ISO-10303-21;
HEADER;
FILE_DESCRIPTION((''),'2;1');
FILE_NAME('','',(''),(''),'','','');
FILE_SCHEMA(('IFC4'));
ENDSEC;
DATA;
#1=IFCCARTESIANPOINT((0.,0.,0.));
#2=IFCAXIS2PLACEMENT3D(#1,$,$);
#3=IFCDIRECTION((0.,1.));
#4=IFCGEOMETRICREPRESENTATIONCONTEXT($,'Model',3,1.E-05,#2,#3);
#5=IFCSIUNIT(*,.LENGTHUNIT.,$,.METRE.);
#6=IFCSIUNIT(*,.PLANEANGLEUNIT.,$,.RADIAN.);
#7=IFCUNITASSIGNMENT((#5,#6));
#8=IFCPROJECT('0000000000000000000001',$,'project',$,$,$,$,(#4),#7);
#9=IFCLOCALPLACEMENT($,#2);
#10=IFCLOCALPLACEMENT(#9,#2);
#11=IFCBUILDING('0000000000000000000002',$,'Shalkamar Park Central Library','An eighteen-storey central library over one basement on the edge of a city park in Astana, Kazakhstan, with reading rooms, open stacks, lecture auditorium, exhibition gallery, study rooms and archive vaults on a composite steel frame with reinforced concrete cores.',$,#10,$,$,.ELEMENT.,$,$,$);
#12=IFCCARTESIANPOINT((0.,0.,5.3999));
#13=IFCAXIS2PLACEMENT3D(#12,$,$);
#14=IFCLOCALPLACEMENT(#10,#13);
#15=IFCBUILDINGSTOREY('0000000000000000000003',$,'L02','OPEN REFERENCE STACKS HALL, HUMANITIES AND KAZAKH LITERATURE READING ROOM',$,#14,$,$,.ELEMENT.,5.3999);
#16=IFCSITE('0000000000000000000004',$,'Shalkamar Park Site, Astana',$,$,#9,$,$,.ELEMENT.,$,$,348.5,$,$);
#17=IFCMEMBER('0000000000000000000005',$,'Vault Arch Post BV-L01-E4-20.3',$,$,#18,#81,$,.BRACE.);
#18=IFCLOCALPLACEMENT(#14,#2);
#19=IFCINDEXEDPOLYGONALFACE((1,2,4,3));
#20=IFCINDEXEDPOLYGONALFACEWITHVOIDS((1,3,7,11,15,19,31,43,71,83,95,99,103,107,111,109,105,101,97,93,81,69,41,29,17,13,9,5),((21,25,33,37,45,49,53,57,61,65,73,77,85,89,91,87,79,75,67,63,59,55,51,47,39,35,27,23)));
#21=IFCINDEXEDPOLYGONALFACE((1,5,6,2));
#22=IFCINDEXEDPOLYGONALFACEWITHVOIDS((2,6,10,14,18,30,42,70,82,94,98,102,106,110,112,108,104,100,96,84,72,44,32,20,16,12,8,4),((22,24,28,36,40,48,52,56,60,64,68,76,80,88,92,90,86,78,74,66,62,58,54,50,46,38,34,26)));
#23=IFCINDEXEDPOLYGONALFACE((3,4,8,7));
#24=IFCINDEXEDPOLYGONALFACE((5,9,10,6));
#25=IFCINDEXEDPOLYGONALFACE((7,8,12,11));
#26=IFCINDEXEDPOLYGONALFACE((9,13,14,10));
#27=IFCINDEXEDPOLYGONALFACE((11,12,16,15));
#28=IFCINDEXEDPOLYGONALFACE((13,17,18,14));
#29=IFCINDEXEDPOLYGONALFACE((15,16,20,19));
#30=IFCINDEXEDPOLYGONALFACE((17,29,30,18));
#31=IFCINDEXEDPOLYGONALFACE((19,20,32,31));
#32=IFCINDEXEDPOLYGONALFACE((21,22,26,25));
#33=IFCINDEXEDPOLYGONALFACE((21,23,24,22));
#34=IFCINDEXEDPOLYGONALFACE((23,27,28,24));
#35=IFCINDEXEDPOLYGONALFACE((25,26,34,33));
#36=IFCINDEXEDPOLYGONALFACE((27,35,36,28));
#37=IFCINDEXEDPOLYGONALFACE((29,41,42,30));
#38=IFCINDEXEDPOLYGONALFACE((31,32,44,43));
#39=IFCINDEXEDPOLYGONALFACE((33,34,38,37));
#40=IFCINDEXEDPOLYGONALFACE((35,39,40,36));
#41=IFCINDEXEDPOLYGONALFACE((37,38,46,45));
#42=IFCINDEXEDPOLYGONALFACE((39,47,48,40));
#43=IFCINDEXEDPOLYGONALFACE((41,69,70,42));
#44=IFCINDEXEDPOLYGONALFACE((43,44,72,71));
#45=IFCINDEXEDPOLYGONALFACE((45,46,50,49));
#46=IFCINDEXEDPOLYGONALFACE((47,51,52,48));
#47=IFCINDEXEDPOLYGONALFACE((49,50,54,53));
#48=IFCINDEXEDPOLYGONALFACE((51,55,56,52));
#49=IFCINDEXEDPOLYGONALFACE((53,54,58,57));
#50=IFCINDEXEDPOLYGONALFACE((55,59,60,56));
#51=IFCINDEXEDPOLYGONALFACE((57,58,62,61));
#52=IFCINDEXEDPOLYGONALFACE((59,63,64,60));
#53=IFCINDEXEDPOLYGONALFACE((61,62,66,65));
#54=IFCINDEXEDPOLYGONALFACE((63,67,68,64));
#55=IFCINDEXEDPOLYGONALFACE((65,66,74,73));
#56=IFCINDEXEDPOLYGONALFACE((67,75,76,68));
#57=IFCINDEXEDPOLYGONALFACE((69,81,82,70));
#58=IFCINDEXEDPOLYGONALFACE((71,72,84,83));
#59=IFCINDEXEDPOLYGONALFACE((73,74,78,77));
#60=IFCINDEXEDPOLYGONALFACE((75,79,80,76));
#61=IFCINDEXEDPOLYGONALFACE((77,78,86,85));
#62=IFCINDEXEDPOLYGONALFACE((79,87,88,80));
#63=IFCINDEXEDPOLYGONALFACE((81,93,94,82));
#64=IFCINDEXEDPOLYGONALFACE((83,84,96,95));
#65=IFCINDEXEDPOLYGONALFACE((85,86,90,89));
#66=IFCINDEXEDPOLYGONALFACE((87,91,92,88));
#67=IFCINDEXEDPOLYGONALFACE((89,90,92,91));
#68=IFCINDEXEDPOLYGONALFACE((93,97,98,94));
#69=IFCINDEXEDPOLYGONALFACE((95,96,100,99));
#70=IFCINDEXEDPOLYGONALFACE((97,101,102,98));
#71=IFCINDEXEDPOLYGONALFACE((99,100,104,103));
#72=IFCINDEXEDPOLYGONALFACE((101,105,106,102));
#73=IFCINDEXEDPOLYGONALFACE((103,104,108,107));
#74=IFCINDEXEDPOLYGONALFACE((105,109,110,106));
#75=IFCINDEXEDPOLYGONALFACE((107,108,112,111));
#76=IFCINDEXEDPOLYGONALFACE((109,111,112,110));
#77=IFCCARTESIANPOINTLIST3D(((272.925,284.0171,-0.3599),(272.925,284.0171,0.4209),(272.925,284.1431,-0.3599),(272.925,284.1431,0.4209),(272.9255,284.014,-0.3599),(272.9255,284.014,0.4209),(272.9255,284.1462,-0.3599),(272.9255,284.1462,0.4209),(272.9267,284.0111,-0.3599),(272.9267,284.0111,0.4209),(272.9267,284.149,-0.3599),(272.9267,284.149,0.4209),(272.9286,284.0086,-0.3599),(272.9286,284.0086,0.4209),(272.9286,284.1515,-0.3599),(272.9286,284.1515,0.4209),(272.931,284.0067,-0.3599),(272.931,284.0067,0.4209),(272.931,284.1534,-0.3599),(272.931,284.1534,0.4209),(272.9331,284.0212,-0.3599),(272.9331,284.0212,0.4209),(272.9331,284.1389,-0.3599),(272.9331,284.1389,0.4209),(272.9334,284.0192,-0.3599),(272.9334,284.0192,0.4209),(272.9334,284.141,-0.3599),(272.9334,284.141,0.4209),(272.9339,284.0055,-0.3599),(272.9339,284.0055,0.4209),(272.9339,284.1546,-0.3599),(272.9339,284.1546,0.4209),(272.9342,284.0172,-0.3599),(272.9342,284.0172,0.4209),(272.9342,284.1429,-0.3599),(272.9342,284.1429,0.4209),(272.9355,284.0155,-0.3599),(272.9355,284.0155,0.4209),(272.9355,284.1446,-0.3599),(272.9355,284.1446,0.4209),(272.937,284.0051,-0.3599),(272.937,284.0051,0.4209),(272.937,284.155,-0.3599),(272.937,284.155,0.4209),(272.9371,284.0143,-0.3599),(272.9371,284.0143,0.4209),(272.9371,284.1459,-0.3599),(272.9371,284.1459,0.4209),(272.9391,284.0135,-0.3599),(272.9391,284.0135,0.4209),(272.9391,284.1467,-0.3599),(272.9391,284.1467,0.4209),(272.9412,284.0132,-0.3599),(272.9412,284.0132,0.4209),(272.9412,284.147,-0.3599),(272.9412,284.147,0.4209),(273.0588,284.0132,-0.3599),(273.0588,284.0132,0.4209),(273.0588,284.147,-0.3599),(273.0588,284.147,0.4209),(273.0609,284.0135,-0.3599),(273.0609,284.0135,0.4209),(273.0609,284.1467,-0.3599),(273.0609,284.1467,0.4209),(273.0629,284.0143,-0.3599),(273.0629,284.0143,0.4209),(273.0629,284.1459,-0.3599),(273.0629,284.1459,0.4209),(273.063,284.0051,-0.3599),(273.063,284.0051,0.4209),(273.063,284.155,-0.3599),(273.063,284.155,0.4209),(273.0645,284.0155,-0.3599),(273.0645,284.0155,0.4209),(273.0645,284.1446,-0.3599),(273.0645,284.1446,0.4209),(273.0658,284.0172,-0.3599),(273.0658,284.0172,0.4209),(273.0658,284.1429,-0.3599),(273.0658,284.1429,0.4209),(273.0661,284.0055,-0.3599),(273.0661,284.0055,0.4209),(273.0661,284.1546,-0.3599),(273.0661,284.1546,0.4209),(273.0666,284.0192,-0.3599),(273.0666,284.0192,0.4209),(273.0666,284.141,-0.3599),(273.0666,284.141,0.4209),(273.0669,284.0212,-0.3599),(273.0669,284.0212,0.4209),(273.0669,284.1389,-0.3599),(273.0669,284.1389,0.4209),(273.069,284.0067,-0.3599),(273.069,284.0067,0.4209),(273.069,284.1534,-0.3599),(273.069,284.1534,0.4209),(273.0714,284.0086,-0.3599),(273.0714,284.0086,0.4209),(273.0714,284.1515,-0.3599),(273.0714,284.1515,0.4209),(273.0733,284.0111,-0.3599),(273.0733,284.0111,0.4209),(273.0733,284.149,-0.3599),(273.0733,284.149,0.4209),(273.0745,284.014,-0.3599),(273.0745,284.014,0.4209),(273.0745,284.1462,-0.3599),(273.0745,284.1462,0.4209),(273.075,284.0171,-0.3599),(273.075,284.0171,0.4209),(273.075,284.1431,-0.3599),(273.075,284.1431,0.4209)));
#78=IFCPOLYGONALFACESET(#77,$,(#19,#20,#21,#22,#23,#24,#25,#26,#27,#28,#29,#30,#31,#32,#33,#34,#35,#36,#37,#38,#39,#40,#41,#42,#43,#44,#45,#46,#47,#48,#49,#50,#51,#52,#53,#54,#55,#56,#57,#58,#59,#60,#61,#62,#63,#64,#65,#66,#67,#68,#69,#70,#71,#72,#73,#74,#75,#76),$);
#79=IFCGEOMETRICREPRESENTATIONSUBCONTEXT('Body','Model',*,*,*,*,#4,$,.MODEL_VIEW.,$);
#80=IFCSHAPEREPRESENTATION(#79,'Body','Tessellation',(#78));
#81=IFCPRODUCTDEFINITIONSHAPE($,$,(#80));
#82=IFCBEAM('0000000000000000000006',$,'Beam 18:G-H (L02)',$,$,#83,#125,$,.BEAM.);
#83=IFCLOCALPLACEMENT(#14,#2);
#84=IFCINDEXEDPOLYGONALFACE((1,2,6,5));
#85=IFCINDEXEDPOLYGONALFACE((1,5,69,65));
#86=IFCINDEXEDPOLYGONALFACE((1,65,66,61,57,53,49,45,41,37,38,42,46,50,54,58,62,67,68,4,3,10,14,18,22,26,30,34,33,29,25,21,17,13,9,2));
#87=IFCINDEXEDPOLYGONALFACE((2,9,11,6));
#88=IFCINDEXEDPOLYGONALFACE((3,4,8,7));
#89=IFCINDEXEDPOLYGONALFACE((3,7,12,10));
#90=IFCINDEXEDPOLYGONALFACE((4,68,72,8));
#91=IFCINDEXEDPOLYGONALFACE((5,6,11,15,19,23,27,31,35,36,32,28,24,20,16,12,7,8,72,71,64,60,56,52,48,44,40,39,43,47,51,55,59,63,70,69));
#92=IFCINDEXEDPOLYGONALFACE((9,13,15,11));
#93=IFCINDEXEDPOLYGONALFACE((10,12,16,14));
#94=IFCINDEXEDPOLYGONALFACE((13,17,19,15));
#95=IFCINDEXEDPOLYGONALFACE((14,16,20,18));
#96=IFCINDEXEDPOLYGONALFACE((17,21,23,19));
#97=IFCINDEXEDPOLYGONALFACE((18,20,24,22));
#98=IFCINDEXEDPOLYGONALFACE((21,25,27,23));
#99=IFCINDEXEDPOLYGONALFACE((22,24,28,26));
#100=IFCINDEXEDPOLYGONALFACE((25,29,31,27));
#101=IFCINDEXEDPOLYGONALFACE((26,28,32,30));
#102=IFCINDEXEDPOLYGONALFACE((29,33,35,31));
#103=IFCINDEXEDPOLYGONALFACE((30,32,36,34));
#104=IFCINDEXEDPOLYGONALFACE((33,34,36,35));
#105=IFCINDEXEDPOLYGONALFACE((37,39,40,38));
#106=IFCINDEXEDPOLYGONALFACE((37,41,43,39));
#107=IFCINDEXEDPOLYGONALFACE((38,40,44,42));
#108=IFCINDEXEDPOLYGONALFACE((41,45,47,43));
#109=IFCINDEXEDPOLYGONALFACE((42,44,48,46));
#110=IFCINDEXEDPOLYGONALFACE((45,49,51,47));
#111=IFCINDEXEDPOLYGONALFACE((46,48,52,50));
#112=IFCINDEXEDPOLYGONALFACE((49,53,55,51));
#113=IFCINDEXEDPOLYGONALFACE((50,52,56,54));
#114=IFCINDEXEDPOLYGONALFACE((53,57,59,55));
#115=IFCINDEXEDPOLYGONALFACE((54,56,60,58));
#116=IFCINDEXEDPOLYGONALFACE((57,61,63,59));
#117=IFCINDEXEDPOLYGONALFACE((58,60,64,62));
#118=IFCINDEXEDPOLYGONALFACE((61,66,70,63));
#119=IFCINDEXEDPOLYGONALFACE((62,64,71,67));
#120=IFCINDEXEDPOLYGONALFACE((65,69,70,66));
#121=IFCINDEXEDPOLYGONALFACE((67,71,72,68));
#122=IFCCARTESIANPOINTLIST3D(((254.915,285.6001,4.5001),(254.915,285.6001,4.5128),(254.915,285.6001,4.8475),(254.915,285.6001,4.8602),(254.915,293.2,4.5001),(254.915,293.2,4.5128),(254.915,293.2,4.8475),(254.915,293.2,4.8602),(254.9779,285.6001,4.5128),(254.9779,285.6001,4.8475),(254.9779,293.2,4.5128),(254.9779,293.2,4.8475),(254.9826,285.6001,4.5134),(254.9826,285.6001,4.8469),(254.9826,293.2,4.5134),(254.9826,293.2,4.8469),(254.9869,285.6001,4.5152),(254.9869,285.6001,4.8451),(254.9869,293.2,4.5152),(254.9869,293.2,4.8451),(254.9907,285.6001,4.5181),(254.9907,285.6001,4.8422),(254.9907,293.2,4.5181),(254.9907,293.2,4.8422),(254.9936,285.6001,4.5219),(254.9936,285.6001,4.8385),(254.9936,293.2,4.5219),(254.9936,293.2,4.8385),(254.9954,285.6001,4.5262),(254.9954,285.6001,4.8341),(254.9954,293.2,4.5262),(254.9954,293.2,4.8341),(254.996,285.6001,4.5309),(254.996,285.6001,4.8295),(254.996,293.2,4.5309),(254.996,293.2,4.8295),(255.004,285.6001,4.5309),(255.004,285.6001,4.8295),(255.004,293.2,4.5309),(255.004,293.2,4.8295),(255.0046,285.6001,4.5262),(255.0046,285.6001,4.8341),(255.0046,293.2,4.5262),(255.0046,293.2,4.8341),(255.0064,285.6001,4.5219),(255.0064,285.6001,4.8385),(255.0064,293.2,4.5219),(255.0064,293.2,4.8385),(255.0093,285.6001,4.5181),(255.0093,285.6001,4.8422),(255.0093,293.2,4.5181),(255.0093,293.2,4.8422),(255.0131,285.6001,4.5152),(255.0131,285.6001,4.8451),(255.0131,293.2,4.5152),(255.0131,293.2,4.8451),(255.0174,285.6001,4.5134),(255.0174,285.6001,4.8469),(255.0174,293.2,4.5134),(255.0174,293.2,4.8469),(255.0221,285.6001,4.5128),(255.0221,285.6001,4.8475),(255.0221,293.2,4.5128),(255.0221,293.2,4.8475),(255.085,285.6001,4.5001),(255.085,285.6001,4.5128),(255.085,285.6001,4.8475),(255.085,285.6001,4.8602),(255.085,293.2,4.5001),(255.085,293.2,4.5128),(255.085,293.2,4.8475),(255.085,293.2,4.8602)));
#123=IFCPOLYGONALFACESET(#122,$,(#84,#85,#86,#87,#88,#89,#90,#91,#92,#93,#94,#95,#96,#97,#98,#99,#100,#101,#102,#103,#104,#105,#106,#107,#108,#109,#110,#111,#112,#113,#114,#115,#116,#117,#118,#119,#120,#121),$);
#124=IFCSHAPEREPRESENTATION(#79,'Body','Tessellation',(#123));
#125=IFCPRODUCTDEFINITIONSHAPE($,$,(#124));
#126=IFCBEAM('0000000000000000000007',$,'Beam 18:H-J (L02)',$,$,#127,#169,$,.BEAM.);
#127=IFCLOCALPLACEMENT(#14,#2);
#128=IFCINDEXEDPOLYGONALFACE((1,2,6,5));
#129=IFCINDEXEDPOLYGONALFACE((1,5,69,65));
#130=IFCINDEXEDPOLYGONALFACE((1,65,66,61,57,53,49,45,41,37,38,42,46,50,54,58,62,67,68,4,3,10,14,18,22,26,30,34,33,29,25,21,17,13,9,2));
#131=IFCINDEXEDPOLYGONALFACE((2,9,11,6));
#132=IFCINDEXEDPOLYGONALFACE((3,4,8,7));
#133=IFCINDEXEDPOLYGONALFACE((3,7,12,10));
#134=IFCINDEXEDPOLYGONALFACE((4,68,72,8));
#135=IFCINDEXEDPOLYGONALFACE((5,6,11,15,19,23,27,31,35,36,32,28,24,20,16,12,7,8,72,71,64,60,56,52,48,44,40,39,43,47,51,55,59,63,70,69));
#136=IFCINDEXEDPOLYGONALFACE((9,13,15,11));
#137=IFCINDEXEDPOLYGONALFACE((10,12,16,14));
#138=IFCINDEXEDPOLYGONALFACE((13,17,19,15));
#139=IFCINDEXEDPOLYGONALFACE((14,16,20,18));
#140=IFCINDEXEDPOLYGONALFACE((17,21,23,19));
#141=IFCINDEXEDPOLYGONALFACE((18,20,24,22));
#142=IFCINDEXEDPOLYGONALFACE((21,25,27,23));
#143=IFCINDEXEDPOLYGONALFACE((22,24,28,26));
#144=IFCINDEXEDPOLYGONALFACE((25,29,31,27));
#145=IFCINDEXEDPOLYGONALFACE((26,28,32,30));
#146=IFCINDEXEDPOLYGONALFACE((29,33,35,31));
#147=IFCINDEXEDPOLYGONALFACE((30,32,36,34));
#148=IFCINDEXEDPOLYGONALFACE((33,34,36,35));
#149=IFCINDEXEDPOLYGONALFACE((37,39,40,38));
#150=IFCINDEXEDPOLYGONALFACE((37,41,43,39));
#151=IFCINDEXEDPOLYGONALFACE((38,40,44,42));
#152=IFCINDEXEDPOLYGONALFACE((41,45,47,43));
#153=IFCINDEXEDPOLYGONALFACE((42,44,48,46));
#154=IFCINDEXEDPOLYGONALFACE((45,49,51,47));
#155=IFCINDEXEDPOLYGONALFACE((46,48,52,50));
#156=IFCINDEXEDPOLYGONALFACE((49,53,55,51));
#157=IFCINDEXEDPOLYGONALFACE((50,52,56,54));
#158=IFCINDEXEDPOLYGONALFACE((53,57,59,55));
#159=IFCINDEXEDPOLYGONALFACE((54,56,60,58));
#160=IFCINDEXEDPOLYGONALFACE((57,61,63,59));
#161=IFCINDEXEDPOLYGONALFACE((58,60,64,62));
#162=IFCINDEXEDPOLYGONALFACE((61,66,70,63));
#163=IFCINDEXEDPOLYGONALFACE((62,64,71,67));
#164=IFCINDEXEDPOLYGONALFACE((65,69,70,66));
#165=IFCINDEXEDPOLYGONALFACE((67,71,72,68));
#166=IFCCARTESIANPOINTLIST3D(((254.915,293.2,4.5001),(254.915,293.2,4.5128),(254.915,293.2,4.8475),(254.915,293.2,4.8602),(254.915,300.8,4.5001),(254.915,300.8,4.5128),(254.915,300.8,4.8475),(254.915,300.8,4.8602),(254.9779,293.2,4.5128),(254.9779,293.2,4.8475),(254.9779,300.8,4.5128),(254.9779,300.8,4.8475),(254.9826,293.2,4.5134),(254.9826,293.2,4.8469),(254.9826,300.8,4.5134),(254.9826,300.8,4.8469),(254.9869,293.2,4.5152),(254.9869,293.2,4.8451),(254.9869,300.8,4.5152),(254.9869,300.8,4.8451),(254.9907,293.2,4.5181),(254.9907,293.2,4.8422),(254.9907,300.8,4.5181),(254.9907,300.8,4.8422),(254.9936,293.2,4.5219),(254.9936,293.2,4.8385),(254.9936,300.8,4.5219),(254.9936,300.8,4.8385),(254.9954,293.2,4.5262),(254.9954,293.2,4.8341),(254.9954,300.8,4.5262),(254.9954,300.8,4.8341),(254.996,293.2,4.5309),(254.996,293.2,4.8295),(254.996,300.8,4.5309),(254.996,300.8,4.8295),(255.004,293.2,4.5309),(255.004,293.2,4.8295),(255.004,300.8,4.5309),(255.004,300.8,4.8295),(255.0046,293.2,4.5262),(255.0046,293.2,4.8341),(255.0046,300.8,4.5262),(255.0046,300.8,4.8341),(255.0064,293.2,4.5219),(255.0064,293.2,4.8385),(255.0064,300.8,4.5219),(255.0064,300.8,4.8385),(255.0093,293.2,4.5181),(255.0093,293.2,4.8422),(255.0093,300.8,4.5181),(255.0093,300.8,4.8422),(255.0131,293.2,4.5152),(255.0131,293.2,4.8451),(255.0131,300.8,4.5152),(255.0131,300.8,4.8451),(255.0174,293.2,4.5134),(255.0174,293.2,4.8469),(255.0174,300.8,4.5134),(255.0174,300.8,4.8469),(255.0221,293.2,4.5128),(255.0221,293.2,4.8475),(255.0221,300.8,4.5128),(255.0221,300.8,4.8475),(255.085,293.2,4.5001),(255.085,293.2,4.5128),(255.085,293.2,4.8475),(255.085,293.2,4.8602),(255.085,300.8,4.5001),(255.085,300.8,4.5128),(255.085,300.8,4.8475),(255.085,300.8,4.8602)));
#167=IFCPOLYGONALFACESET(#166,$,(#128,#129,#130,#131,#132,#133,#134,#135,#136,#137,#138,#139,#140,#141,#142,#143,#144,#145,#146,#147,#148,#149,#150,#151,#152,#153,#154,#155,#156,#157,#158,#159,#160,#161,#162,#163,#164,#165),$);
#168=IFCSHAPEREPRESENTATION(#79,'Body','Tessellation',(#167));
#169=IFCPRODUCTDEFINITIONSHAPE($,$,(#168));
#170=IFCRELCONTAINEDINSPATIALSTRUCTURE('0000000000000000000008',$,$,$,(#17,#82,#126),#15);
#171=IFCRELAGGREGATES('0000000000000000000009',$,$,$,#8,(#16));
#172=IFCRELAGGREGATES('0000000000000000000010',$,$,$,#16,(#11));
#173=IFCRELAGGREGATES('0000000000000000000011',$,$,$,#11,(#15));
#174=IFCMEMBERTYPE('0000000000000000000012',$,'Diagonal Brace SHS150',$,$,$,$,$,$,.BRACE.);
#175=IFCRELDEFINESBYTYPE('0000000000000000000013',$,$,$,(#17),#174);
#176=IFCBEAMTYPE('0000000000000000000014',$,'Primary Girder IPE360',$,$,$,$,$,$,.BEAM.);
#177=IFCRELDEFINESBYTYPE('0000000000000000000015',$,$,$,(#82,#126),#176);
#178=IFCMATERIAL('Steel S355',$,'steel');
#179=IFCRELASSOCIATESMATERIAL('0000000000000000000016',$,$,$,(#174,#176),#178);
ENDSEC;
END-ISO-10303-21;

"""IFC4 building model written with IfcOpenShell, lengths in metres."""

from ifc_helpers import new_model, si_unit, direction, frame, origin, origin_2d, place, context, subcontext, project, spatial, hollow_rectangle, i_section, extrude, material, material_profile, profile_set, type_object, element, save


model = new_model("IFC4")

# Units and contexts
model_context = context("Model", 3, precision=1e-05, world=origin(), true_north=direction((0.0, 1.0)))
body_context = subcontext(model_context, "Body", "Model", "MODEL_VIEW")
ifc_project = project(units=[si_unit("LENGTHUNIT", "METRE"), si_unit("PLANEANGLEUNIT", "RADIAN")], contexts=[model_context])

# Site, building, storey
site_placement = place(None, origin())
site = spatial("IfcSite", under=ifc_project, at=site_placement, Name="Shalkamar Park Site, Astana", CompositionType="ELEMENT", RefElevation=348.5)
building_placement = place(site_placement, origin())
building = spatial("IfcBuilding", under=site, at=building_placement, Name="Shalkamar Park Central Library", Description="An eighteen-storey central library over one basement on the edge of a city park in Astana, Kazakhstan, with reading rooms, open stacks, lecture auditorium, exhibition gallery, study rooms and archive vaults on a composite steel frame with reinforced concrete cores.", CompositionType="ELEMENT")
storey_placement = place(building_placement, frame((0.0, 0.0, 5.3999)))
storey = spatial("IfcBuildingStorey", under=building, at=storey_placement, Name="L02", Description="OPEN REFERENCE STACKS HALL, HUMANITIES AND KAZAKH LITERATURE READING ROOM", CompositionType="ELEMENT", Elevation=5.3999)

# Shared definitions
ifc_material_1 = material(Name="Steel S355", Category="steel")

# Member
ifc_material_profile_1 = material_profile(ifc_material_1, hollow_rectangle(XDim=0.1499, YDim=0.1499, WallThickness=0.0081, InnerFilletRadius=0.0081, OuterFilletRadius=0.012, at=origin_2d()), Name="SHS 150x150x8")
ifc_profile_set_1 = profile_set([ifc_material_profile_1], Name="Steel S355")
member_type_1 = type_object("IfcMemberType", Name="Diagonal Brace SHS150", PredefinedType="BRACE", material=ifc_profile_set_1)
member_1_placement = place(storey_placement, frame((273.0, 284.0801, -0.3599), z_axis=(0.0, 0.0, 1.0), x_axis=(1.0, 0.0, 0.0)))
element("IfcMember", 1, at=member_1_placement, inside=storey, type_object=member_type_1, Name="Vault Arch Post BV-L01-E4-20.3", PredefinedType="BRACE", context=body_context, shape_type="SweptSolid", body=[
    extrude(hollow_rectangle(XDim=0.1499, YDim=0.1499, WallThickness=0.0081, InnerFilletRadius=0.0081, OuterFilletRadius=0.012, at=origin_2d()), origin(), (0.0, 0.0, 1.0), 0.7808),
])

# Beams
ifc_material_profile_2 = material_profile(ifc_material_1, i_section(OverallWidth=0.1699, OverallDepth=0.3601, WebThickness=0.0081, FlangeThickness=0.0127, FilletRadius=0.0181, at=origin_2d()), Name="IPE 360")
ifc_profile_set_2 = profile_set([ifc_material_profile_2], Name="Steel S355")
beam_type_1 = type_object("IfcBeamType", Name="Primary Girder IPE360", PredefinedType="BEAM", material=ifc_profile_set_2)
beam_1_placement = place(storey_placement, frame((255.0, 285.6001, 4.6802), z_axis=(0.0, 1.0, 0.0), x_axis=(-1.0, 0.0, 0.0)))
element("IfcBeam", 2, at=beam_1_placement, inside=storey, type_object=beam_type_1, Name="Beam 18:G-H (L02)", PredefinedType="BEAM", context=body_context, shape_type="SweptSolid", body=[
    extrude(i_section(OverallWidth=0.1699, OverallDepth=0.3601, WebThickness=0.0081, FlangeThickness=0.0127, FilletRadius=0.0181, at=origin_2d()), origin(), (0.0, 0.0, 1.0), 7.5999),
])
beam_2_placement = place(storey_placement, frame((255.0, 293.2, 4.6802), z_axis=(0.0, 1.0, 0.0), x_axis=(-1.0, 0.0, 0.0)))
element("IfcBeam", 3, at=beam_2_placement, inside=storey, type_object=beam_type_1, Name="Beam 18:H-J (L02)", PredefinedType="BEAM", context=body_context, shape_type="SweptSolid", body=[
    extrude(i_section(OverallWidth=0.1699, OverallDepth=0.3601, WebThickness=0.0081, FlangeThickness=0.0127, FilletRadius=0.0181, at=origin_2d()), origin(), (0.0, 0.0, 1.0), 7.6001),
])

save(model, "model.ifc")
